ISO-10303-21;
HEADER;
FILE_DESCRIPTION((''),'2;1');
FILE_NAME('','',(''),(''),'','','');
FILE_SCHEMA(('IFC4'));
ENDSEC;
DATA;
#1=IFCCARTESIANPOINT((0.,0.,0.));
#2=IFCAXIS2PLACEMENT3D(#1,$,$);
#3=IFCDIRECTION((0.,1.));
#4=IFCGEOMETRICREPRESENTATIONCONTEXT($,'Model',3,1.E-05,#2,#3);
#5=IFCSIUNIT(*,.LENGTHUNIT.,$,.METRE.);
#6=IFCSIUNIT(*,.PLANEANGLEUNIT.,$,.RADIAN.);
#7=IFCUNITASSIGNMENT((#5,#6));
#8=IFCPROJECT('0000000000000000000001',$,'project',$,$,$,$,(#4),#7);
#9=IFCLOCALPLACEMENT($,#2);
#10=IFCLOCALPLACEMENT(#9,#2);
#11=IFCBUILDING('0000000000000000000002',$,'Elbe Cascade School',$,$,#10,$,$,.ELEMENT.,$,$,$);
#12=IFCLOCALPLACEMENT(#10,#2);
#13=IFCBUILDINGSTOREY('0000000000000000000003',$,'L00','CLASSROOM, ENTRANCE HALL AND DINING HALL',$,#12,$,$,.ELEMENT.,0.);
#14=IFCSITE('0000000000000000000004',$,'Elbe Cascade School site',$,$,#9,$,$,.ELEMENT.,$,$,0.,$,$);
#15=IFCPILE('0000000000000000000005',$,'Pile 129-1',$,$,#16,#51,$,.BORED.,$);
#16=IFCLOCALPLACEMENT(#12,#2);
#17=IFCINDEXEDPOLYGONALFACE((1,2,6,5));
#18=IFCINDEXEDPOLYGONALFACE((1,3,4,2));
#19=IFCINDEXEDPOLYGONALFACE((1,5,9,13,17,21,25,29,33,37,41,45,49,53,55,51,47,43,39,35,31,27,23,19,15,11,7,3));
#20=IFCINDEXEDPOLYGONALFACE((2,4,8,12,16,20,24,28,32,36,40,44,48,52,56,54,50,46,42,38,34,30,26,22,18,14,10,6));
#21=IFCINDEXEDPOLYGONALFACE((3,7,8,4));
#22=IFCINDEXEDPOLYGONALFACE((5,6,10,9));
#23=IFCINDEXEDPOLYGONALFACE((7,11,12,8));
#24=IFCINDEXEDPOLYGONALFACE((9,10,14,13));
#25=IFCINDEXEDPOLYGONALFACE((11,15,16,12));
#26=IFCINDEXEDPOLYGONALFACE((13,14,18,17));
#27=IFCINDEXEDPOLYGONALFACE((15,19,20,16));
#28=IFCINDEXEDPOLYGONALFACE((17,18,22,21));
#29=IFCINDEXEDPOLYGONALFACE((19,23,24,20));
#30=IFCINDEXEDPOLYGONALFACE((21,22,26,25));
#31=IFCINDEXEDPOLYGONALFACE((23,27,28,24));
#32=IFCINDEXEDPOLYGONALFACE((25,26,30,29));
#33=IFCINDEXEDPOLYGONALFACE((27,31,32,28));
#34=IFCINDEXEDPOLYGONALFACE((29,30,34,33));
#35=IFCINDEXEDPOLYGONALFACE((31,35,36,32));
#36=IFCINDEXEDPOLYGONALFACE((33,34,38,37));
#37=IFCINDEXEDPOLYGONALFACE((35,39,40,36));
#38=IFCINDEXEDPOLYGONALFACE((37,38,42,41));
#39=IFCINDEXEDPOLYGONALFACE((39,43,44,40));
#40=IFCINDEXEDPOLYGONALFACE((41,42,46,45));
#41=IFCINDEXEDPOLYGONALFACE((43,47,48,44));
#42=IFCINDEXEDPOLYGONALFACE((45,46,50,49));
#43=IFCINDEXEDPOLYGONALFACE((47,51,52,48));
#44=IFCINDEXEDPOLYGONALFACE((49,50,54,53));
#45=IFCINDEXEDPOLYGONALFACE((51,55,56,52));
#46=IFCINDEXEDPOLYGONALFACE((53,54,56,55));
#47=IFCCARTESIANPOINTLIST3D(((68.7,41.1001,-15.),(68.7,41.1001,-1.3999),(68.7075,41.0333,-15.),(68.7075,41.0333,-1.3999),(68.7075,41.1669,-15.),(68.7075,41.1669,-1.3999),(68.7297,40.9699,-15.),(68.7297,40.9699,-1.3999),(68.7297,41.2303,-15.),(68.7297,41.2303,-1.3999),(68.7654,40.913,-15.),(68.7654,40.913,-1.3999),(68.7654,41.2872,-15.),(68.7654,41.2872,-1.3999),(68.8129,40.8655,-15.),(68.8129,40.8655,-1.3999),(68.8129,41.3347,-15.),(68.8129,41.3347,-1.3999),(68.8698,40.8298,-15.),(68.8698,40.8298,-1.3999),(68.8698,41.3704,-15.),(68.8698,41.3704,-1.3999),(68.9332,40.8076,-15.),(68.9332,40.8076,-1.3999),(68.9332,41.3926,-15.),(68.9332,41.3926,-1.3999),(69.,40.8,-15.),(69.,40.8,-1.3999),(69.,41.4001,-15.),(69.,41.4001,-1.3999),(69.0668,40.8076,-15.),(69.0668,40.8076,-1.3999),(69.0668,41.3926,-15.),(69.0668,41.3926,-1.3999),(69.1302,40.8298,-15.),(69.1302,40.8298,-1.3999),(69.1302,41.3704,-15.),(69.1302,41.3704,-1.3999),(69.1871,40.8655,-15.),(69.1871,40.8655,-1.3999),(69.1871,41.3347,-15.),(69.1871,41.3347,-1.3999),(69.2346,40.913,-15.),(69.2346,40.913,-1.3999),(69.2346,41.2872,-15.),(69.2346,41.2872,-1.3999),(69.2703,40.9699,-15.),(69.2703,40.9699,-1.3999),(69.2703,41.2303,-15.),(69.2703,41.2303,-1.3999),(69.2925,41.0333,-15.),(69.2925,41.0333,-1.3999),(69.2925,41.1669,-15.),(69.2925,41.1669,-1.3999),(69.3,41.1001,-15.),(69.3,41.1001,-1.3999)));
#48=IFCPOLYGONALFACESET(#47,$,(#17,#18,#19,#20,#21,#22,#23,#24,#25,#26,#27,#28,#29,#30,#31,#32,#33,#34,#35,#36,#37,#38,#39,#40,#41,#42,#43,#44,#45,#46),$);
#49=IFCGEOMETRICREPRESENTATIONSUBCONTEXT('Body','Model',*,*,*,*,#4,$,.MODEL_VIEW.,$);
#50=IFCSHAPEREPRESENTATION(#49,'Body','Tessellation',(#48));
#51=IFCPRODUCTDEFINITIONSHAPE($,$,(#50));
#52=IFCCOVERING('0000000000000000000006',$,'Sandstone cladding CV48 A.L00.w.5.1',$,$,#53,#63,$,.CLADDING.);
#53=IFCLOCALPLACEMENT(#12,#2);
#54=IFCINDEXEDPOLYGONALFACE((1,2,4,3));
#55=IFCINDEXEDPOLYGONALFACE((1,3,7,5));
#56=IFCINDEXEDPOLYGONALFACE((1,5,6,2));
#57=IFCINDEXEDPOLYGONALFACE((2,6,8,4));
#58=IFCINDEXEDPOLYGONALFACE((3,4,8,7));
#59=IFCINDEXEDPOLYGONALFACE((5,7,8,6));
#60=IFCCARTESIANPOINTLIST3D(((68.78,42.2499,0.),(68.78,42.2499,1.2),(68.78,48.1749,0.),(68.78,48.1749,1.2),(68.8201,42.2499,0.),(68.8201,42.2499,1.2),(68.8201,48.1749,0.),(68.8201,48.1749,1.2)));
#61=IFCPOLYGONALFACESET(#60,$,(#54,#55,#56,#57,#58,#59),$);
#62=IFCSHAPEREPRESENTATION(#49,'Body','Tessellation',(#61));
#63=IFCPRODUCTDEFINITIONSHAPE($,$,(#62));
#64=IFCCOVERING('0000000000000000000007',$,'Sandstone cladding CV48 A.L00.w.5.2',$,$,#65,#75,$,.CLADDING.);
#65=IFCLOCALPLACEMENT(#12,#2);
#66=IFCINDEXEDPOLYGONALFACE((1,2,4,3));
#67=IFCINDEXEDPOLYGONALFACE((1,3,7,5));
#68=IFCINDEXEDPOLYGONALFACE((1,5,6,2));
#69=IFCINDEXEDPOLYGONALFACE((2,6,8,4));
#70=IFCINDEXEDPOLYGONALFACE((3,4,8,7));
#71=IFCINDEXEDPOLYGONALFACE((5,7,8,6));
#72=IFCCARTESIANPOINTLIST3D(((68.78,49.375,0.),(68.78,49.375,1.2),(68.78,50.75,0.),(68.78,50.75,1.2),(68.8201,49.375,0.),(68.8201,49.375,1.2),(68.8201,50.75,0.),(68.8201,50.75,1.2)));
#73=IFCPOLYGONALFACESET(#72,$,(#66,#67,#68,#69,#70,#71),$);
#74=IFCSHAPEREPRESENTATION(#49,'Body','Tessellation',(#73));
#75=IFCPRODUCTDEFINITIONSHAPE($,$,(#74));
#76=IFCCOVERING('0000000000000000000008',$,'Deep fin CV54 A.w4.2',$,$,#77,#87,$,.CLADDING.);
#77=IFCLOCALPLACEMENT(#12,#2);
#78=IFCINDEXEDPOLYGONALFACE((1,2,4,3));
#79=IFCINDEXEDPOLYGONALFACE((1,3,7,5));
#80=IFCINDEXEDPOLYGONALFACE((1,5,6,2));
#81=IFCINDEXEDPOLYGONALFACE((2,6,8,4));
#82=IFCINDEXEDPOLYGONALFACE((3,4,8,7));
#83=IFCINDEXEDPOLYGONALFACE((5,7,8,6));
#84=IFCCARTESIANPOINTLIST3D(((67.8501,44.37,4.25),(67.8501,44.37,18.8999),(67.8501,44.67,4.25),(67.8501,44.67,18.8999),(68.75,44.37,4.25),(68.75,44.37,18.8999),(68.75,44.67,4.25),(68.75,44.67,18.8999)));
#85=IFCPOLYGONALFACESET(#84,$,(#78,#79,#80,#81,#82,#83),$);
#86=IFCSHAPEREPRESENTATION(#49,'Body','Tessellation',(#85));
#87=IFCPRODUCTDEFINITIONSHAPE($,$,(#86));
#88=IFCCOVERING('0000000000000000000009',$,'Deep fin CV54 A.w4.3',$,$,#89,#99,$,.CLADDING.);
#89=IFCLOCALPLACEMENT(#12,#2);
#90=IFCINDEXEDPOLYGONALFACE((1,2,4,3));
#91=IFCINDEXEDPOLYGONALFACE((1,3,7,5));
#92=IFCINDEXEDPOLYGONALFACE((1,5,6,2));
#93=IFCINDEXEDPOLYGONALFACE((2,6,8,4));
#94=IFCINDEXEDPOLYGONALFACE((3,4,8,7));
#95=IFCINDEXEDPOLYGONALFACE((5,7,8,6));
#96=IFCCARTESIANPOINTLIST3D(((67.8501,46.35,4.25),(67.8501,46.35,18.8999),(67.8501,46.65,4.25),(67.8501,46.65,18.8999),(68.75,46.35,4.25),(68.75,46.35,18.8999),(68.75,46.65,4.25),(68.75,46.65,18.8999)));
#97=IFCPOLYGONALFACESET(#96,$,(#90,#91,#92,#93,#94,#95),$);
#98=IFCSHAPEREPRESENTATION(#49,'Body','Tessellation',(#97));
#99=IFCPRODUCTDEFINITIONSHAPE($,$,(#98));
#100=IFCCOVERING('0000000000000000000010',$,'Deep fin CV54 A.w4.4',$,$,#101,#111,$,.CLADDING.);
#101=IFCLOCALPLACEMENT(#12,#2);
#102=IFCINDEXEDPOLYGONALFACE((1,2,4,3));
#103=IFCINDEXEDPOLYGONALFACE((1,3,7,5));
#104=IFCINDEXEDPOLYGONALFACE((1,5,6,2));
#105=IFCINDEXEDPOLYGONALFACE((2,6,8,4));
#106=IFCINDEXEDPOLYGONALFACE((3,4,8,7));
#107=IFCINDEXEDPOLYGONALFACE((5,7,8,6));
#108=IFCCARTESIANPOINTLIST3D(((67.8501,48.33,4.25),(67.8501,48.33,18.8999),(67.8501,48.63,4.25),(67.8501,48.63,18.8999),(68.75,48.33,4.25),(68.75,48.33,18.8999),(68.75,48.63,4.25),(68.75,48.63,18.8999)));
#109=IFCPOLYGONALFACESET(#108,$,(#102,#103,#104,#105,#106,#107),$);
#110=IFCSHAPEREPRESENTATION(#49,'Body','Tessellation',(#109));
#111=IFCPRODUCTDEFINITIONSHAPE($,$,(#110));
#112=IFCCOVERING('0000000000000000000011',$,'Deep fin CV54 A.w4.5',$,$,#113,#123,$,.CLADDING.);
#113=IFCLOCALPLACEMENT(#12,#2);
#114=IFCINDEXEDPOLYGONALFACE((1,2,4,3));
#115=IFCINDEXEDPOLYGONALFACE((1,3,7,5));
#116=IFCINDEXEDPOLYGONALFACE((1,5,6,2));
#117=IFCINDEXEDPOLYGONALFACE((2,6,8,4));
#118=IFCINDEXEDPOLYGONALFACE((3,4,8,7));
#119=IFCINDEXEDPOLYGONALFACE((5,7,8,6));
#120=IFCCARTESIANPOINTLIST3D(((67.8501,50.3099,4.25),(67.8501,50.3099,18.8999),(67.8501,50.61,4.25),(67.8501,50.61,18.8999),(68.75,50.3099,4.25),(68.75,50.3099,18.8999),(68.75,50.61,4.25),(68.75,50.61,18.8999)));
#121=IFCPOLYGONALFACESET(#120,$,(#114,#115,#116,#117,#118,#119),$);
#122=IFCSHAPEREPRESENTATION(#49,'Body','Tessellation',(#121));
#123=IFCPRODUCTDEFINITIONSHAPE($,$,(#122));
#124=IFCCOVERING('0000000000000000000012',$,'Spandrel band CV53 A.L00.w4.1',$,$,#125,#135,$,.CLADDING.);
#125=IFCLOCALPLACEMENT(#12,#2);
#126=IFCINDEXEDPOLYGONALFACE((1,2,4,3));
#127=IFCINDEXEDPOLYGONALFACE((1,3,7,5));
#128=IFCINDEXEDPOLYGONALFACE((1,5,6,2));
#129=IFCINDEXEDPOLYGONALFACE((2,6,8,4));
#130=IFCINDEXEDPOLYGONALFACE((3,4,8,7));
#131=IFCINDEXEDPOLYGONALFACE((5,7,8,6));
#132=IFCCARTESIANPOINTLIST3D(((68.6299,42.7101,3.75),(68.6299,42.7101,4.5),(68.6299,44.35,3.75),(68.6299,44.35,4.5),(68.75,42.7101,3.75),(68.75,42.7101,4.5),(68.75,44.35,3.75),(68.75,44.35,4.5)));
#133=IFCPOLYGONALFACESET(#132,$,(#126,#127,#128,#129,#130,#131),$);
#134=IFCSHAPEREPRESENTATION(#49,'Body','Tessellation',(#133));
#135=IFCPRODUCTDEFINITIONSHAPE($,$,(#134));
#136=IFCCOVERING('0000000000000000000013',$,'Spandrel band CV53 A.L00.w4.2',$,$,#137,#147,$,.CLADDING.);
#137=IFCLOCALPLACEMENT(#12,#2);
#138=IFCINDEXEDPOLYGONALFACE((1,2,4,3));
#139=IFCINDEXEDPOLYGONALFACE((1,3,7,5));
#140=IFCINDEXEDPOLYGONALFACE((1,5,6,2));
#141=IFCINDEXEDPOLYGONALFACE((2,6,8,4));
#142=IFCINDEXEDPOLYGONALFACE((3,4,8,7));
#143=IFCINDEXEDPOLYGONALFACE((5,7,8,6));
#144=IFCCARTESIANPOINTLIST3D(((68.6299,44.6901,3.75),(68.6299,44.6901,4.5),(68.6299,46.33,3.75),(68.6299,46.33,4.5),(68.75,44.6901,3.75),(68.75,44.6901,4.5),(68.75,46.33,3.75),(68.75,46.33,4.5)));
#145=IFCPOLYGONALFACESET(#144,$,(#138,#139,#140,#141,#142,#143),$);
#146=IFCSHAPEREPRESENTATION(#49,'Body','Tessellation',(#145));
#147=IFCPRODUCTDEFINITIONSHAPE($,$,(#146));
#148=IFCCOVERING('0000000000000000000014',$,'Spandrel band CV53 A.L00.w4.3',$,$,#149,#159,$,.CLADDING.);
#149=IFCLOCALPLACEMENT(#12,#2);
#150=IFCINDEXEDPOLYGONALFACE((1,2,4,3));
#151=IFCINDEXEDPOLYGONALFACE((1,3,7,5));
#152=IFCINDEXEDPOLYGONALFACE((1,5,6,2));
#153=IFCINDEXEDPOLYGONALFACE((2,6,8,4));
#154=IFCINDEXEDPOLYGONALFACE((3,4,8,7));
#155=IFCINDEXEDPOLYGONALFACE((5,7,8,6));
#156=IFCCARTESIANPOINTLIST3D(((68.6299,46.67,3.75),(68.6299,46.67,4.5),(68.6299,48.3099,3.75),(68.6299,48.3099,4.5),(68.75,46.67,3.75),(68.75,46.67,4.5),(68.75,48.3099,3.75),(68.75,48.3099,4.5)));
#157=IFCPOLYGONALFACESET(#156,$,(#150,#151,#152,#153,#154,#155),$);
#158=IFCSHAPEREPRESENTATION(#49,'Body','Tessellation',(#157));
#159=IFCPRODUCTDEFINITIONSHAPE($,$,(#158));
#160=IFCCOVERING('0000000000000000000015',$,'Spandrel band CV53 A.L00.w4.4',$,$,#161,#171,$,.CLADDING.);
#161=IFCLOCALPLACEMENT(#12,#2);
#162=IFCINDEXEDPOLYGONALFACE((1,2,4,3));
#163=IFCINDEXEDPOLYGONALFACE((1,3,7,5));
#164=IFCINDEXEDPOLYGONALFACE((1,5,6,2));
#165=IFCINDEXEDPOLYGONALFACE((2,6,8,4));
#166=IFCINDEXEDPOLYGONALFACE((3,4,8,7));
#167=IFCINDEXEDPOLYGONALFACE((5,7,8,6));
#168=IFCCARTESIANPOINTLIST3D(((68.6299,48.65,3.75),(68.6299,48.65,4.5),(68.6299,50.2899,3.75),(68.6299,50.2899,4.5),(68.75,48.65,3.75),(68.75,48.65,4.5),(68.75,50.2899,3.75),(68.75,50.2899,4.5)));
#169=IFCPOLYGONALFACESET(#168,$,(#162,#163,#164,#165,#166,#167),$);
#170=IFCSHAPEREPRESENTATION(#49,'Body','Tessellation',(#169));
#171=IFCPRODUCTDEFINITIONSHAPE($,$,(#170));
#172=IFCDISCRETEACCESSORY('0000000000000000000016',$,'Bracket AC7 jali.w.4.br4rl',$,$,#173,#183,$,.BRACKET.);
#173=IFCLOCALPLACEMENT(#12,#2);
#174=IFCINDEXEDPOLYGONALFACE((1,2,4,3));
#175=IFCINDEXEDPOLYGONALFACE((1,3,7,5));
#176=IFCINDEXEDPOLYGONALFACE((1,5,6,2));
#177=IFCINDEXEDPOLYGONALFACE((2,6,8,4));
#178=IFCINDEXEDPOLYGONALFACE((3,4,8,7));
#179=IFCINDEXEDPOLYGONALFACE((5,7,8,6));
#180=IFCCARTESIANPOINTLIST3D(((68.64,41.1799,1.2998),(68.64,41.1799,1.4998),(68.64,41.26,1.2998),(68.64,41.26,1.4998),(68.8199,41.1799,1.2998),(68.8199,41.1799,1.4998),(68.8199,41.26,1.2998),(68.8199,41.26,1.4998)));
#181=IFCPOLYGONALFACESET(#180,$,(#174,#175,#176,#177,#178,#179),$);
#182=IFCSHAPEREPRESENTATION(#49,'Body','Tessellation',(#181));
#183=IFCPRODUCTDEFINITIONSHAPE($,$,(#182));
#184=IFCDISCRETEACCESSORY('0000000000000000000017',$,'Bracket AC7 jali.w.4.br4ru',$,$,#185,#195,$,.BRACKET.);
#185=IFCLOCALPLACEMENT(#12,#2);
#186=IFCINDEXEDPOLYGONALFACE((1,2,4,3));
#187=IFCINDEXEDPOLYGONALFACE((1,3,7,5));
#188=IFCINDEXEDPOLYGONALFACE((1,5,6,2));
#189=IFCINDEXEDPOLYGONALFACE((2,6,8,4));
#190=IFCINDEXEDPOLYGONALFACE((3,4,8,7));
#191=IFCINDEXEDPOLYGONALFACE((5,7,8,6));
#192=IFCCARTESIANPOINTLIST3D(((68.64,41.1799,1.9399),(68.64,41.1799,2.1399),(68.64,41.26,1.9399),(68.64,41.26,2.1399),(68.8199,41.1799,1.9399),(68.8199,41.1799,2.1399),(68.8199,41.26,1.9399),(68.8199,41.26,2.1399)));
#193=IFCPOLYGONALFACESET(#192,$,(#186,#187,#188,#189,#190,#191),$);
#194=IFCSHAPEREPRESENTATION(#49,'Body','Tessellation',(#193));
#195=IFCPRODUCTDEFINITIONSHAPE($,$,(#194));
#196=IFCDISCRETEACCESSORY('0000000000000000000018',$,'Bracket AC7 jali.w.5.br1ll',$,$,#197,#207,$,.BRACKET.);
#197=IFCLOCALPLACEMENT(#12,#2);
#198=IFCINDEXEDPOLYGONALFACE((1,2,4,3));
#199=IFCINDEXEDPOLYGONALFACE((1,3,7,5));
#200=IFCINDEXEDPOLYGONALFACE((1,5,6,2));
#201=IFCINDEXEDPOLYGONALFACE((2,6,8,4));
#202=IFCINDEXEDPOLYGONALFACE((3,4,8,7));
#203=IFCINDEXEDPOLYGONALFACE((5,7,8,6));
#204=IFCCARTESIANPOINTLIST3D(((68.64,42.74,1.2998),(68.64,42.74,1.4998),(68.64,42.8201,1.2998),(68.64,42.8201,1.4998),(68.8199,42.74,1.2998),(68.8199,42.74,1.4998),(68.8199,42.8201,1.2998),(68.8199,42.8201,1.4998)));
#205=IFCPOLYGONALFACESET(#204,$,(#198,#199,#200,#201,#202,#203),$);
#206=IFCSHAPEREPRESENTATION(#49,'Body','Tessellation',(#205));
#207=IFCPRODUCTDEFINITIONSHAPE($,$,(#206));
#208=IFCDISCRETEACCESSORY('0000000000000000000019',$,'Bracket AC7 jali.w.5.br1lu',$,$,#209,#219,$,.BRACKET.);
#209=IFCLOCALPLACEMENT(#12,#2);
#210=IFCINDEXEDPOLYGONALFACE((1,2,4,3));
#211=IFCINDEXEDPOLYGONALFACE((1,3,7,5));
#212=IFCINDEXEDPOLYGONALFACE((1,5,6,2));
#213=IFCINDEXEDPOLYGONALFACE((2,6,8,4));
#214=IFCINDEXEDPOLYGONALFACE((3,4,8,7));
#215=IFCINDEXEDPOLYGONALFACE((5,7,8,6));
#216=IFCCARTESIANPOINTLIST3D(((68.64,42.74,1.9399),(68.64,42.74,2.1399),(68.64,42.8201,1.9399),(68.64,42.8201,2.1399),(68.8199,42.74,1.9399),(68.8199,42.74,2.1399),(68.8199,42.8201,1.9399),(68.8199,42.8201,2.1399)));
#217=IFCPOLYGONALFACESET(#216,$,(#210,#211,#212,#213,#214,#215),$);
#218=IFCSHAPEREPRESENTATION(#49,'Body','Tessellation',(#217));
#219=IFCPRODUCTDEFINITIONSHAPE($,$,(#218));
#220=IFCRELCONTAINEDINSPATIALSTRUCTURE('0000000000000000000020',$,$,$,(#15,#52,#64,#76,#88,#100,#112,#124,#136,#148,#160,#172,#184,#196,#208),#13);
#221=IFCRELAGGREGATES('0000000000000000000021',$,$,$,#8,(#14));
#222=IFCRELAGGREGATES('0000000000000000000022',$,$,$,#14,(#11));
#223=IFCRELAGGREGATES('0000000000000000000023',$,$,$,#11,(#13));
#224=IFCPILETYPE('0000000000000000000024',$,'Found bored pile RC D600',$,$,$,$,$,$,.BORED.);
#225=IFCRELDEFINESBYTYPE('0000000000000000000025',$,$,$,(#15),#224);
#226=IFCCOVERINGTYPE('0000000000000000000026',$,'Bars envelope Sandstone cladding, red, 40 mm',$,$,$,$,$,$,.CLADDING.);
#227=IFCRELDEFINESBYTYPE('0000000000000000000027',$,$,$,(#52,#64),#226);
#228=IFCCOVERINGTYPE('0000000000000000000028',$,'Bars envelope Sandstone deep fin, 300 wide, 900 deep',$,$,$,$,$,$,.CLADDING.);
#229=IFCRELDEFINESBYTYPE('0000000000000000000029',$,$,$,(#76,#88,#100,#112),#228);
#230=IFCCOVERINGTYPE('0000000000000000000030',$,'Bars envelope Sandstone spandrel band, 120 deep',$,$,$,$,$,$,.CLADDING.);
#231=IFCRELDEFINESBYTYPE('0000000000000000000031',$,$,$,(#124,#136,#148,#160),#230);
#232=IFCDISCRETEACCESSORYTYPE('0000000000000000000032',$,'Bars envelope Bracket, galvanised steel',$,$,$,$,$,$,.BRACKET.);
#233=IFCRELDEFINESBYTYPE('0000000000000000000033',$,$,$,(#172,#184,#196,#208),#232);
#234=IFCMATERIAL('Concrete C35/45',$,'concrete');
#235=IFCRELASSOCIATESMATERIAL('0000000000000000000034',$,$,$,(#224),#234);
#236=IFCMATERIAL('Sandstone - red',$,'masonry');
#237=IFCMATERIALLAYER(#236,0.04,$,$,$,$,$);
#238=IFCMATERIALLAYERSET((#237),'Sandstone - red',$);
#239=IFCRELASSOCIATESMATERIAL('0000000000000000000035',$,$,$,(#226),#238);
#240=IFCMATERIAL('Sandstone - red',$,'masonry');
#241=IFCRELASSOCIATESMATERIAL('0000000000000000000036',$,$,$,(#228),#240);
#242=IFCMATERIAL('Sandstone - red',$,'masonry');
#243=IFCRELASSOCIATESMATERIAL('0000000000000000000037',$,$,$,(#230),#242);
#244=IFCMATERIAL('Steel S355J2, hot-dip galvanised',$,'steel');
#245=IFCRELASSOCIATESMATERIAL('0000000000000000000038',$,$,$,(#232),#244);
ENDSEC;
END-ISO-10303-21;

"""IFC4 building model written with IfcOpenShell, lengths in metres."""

from ifc_helpers import new_model, si_unit, direction, frame, origin, origin_2d, place, context, subcontext, project, spatial, rectangle, circle, extrude, material, layer, layer_set, material_profile, profile_set, type_object, element, save


model = new_model("IFC4")

# Units and contexts
model_context = context("Model", 3, precision=1e-05, world=origin(), true_north=direction((0.0, 1.0)))
body_context = subcontext(model_context, "Body", "Model", "MODEL_VIEW")
ifc_project = project(units=[si_unit("LENGTHUNIT", "METRE"), si_unit("PLANEANGLEUNIT", "RADIAN")], contexts=[model_context])

# Site, building, storey
site_placement = place(None, origin())
site = spatial("IfcSite", under=ifc_project, at=site_placement, Name="Elbe Cascade School site", CompositionType="ELEMENT", RefElevation=0.0)
building_placement = place(site_placement, origin())
building = spatial("IfcBuilding", under=site, at=building_placement, Name="Elbe Cascade School", CompositionType="ELEMENT")
storey_placement = place(building_placement, origin())
storey = spatial("IfcBuildingStorey", under=building, at=storey_placement, Name="L00", Description="CLASSROOM, ENTRANCE HALL AND DINING HALL", CompositionType="ELEMENT", Elevation=0.0)

# Pile
ifc_material_1 = material(Name="Concrete C35/45", Category="concrete")
ifc_material_profile = material_profile(ifc_material_1, circle(Radius=0.3, at=origin_2d()), Name="RC D600")
ifc_profile_set = profile_set([ifc_material_profile], Name="Concrete C35/45")
pile_type = type_object("IfcPileType", Name="Found bored pile RC D600", PredefinedType="BORED", material=ifc_profile_set)
pile_placement = place(storey_placement, frame((69.0, 41.1001, -1.3999), z_axis=(0.0, 0.0, -1.0), x_axis=(1.0, 0.0, 0.0)))
element("IfcPile", 1, at=pile_placement, inside=storey, type_object=pile_type, Name="Pile 129-1", PredefinedType="BORED", context=body_context, shape_type="SweptSolid", body=[
    extrude(circle(Radius=0.3, at=origin_2d()), origin(), (0.0, 0.0, 1.0), 13.6001),
])

# Coverings
ifc_material_2 = material(Name="Sandstone - red", Category="masonry")
ifc_layer_1 = layer(ifc_material_2, 0.04)
ifc_layer_set_1 = layer_set([ifc_layer_1], Name="Sandstone - red")
covering_type_1 = type_object("IfcCoveringType", Name="Bars envelope Sandstone cladding, red, 40 mm", PredefinedType="CLADDING", material=ifc_layer_set_1)
covering_1_placement = place(storey_placement, frame((68.8, 45.2124, 0.0), z_axis=(0.0, 0.0, 1.0), x_axis=(0.0, 1.0, 0.0)))
element("IfcCovering", 2, at=covering_1_placement, inside=storey, type_object=covering_type_1, Name="Sandstone cladding CV48 A.L00.w.5.1", PredefinedType="CLADDING", context=body_context, shape_type="SweptSolid", body=[
    extrude(rectangle(XDim=5.925, YDim=0.04, at=origin_2d()), origin(), (0.0, 0.0, 1.0), 1.2),
])
covering_2_placement = place(storey_placement, frame((68.8, 50.0625, 0.0), z_axis=(0.0, 0.0, 1.0), x_axis=(0.0, 1.0, 0.0)))
element("IfcCovering", 3, at=covering_2_placement, inside=storey, type_object=covering_type_1, Name="Sandstone cladding CV48 A.L00.w.5.2", PredefinedType="CLADDING", context=body_context, shape_type="SweptSolid", body=[
    extrude(rectangle(XDim=1.375, YDim=0.04, at=origin_2d()), origin(), (0.0, 0.0, 1.0), 1.2),
])
ifc_material_3 = material(Name="Sandstone - red", Category="masonry")
covering_type_2 = type_object("IfcCoveringType", Name="Bars envelope Sandstone deep fin, 300 wide, 900 deep", PredefinedType="CLADDING", material=ifc_material_3)
for number, where, z_axis, x_axis, name in (
    (4, (68.3, 44.52, 4.25), (0.0, 0.0, 1.0), (0.0, 1.0, 0.0), "Deep fin CV54 A.w4.2"),
    (5, (68.3, 46.5, 4.25), (0.0, 0.0, 1.0), (0.0, 1.0, 0.0), "Deep fin CV54 A.w4.3"),
    (6, (68.3, 48.48, 4.25), (0.0, 0.0, 1.0), (0.0, 1.0, 0.0), "Deep fin CV54 A.w4.4"),
    (7, (68.3, 50.46, 4.25), (0.0, 0.0, 1.0), (0.0, 1.0, 0.0), "Deep fin CV54 A.w4.5"),
):
    element("IfcCovering", number, at=place(storey_placement, frame(where, z_axis=z_axis, x_axis=x_axis)), inside=storey, type_object=covering_type_2, Name=name, PredefinedType="CLADDING", context=body_context, shape_type="SweptSolid", body=[
        extrude(rectangle(XDim=0.3, YDim=0.8999, at=origin_2d()), origin(), (0.0, 0.0, 1.0), 14.6499),
    ])
ifc_material_4 = material(Name="Sandstone - red", Category="masonry")
covering_type_3 = type_object("IfcCoveringType", Name="Bars envelope Sandstone spandrel band, 120 deep", PredefinedType="CLADDING", material=ifc_material_4)
for number, where, z_axis, x_axis, name in (
    (8, (68.6899, 43.53, 3.75), (0.0, 0.0, 1.0), (0.0, 1.0, 0.0), "Spandrel band CV53 A.L00.w4.1"),
    (9, (68.6899, 45.51, 3.75), (0.0, 0.0, 1.0), (0.0, 1.0, 0.0), "Spandrel band CV53 A.L00.w4.2"),
    (10, (68.6899, 47.49, 3.75), (0.0, 0.0, 1.0), (0.0, 1.0, 0.0), "Spandrel band CV53 A.L00.w4.3"),
    (11, (68.6899, 49.47, 3.75), (0.0, 0.0, 1.0), (0.0, 1.0, 0.0), "Spandrel band CV53 A.L00.w4.4"),
):
    element("IfcCovering", number, at=place(storey_placement, frame(where, z_axis=z_axis, x_axis=x_axis)), inside=storey, type_object=covering_type_3, Name=name, PredefinedType="CLADDING", context=body_context, shape_type="SweptSolid", body=[
        extrude(rectangle(XDim=1.6399, YDim=0.1201, at=origin_2d()), origin(), (0.0, 0.0, 1.0), 0.75),
    ])

# Discrete accessories
ifc_material_5 = material(Name="Steel S355J2, hot-dip galvanised", Category="steel")
discrete_accessory_type = type_object("IfcDiscreteAccessoryType", Name="Bars envelope Bracket, galvanised steel", PredefinedType="BRACKET", material=ifc_material_5)
for number, where, z_axis, x_axis, name in (
    (12, (68.73, 41.22, 1.2998), (0.0, 0.0, 1.0), (0.0, 1.0, 0.0), "Bracket AC7 jali.w.4.br4rl"),
    (13, (68.73, 41.22, 1.9399), (0.0, 0.0, 1.0), (0.0, 1.0, 0.0), "Bracket AC7 jali.w.4.br4ru"),
    (14, (68.73, 42.78, 1.2998), (0.0, 0.0, 1.0), (0.0, 1.0, 0.0), "Bracket AC7 jali.w.5.br1ll"),
    (15, (68.73, 42.78, 1.9399), (0.0, 0.0, 1.0), (0.0, 1.0, 0.0), "Bracket AC7 jali.w.5.br1lu"),
):
    element("IfcDiscreteAccessory", number, at=place(storey_placement, frame(where, z_axis=z_axis, x_axis=x_axis)), inside=storey, type_object=discrete_accessory_type, Name=name, PredefinedType="BRACKET", context=body_context, shape_type="SweptSolid", body=[
        extrude(rectangle(XDim=0.0801, YDim=0.1799, at=origin_2d()), origin(), (0.0, 0.0, 1.0), 0.2),
    ])

save(model, "model.ifc")
